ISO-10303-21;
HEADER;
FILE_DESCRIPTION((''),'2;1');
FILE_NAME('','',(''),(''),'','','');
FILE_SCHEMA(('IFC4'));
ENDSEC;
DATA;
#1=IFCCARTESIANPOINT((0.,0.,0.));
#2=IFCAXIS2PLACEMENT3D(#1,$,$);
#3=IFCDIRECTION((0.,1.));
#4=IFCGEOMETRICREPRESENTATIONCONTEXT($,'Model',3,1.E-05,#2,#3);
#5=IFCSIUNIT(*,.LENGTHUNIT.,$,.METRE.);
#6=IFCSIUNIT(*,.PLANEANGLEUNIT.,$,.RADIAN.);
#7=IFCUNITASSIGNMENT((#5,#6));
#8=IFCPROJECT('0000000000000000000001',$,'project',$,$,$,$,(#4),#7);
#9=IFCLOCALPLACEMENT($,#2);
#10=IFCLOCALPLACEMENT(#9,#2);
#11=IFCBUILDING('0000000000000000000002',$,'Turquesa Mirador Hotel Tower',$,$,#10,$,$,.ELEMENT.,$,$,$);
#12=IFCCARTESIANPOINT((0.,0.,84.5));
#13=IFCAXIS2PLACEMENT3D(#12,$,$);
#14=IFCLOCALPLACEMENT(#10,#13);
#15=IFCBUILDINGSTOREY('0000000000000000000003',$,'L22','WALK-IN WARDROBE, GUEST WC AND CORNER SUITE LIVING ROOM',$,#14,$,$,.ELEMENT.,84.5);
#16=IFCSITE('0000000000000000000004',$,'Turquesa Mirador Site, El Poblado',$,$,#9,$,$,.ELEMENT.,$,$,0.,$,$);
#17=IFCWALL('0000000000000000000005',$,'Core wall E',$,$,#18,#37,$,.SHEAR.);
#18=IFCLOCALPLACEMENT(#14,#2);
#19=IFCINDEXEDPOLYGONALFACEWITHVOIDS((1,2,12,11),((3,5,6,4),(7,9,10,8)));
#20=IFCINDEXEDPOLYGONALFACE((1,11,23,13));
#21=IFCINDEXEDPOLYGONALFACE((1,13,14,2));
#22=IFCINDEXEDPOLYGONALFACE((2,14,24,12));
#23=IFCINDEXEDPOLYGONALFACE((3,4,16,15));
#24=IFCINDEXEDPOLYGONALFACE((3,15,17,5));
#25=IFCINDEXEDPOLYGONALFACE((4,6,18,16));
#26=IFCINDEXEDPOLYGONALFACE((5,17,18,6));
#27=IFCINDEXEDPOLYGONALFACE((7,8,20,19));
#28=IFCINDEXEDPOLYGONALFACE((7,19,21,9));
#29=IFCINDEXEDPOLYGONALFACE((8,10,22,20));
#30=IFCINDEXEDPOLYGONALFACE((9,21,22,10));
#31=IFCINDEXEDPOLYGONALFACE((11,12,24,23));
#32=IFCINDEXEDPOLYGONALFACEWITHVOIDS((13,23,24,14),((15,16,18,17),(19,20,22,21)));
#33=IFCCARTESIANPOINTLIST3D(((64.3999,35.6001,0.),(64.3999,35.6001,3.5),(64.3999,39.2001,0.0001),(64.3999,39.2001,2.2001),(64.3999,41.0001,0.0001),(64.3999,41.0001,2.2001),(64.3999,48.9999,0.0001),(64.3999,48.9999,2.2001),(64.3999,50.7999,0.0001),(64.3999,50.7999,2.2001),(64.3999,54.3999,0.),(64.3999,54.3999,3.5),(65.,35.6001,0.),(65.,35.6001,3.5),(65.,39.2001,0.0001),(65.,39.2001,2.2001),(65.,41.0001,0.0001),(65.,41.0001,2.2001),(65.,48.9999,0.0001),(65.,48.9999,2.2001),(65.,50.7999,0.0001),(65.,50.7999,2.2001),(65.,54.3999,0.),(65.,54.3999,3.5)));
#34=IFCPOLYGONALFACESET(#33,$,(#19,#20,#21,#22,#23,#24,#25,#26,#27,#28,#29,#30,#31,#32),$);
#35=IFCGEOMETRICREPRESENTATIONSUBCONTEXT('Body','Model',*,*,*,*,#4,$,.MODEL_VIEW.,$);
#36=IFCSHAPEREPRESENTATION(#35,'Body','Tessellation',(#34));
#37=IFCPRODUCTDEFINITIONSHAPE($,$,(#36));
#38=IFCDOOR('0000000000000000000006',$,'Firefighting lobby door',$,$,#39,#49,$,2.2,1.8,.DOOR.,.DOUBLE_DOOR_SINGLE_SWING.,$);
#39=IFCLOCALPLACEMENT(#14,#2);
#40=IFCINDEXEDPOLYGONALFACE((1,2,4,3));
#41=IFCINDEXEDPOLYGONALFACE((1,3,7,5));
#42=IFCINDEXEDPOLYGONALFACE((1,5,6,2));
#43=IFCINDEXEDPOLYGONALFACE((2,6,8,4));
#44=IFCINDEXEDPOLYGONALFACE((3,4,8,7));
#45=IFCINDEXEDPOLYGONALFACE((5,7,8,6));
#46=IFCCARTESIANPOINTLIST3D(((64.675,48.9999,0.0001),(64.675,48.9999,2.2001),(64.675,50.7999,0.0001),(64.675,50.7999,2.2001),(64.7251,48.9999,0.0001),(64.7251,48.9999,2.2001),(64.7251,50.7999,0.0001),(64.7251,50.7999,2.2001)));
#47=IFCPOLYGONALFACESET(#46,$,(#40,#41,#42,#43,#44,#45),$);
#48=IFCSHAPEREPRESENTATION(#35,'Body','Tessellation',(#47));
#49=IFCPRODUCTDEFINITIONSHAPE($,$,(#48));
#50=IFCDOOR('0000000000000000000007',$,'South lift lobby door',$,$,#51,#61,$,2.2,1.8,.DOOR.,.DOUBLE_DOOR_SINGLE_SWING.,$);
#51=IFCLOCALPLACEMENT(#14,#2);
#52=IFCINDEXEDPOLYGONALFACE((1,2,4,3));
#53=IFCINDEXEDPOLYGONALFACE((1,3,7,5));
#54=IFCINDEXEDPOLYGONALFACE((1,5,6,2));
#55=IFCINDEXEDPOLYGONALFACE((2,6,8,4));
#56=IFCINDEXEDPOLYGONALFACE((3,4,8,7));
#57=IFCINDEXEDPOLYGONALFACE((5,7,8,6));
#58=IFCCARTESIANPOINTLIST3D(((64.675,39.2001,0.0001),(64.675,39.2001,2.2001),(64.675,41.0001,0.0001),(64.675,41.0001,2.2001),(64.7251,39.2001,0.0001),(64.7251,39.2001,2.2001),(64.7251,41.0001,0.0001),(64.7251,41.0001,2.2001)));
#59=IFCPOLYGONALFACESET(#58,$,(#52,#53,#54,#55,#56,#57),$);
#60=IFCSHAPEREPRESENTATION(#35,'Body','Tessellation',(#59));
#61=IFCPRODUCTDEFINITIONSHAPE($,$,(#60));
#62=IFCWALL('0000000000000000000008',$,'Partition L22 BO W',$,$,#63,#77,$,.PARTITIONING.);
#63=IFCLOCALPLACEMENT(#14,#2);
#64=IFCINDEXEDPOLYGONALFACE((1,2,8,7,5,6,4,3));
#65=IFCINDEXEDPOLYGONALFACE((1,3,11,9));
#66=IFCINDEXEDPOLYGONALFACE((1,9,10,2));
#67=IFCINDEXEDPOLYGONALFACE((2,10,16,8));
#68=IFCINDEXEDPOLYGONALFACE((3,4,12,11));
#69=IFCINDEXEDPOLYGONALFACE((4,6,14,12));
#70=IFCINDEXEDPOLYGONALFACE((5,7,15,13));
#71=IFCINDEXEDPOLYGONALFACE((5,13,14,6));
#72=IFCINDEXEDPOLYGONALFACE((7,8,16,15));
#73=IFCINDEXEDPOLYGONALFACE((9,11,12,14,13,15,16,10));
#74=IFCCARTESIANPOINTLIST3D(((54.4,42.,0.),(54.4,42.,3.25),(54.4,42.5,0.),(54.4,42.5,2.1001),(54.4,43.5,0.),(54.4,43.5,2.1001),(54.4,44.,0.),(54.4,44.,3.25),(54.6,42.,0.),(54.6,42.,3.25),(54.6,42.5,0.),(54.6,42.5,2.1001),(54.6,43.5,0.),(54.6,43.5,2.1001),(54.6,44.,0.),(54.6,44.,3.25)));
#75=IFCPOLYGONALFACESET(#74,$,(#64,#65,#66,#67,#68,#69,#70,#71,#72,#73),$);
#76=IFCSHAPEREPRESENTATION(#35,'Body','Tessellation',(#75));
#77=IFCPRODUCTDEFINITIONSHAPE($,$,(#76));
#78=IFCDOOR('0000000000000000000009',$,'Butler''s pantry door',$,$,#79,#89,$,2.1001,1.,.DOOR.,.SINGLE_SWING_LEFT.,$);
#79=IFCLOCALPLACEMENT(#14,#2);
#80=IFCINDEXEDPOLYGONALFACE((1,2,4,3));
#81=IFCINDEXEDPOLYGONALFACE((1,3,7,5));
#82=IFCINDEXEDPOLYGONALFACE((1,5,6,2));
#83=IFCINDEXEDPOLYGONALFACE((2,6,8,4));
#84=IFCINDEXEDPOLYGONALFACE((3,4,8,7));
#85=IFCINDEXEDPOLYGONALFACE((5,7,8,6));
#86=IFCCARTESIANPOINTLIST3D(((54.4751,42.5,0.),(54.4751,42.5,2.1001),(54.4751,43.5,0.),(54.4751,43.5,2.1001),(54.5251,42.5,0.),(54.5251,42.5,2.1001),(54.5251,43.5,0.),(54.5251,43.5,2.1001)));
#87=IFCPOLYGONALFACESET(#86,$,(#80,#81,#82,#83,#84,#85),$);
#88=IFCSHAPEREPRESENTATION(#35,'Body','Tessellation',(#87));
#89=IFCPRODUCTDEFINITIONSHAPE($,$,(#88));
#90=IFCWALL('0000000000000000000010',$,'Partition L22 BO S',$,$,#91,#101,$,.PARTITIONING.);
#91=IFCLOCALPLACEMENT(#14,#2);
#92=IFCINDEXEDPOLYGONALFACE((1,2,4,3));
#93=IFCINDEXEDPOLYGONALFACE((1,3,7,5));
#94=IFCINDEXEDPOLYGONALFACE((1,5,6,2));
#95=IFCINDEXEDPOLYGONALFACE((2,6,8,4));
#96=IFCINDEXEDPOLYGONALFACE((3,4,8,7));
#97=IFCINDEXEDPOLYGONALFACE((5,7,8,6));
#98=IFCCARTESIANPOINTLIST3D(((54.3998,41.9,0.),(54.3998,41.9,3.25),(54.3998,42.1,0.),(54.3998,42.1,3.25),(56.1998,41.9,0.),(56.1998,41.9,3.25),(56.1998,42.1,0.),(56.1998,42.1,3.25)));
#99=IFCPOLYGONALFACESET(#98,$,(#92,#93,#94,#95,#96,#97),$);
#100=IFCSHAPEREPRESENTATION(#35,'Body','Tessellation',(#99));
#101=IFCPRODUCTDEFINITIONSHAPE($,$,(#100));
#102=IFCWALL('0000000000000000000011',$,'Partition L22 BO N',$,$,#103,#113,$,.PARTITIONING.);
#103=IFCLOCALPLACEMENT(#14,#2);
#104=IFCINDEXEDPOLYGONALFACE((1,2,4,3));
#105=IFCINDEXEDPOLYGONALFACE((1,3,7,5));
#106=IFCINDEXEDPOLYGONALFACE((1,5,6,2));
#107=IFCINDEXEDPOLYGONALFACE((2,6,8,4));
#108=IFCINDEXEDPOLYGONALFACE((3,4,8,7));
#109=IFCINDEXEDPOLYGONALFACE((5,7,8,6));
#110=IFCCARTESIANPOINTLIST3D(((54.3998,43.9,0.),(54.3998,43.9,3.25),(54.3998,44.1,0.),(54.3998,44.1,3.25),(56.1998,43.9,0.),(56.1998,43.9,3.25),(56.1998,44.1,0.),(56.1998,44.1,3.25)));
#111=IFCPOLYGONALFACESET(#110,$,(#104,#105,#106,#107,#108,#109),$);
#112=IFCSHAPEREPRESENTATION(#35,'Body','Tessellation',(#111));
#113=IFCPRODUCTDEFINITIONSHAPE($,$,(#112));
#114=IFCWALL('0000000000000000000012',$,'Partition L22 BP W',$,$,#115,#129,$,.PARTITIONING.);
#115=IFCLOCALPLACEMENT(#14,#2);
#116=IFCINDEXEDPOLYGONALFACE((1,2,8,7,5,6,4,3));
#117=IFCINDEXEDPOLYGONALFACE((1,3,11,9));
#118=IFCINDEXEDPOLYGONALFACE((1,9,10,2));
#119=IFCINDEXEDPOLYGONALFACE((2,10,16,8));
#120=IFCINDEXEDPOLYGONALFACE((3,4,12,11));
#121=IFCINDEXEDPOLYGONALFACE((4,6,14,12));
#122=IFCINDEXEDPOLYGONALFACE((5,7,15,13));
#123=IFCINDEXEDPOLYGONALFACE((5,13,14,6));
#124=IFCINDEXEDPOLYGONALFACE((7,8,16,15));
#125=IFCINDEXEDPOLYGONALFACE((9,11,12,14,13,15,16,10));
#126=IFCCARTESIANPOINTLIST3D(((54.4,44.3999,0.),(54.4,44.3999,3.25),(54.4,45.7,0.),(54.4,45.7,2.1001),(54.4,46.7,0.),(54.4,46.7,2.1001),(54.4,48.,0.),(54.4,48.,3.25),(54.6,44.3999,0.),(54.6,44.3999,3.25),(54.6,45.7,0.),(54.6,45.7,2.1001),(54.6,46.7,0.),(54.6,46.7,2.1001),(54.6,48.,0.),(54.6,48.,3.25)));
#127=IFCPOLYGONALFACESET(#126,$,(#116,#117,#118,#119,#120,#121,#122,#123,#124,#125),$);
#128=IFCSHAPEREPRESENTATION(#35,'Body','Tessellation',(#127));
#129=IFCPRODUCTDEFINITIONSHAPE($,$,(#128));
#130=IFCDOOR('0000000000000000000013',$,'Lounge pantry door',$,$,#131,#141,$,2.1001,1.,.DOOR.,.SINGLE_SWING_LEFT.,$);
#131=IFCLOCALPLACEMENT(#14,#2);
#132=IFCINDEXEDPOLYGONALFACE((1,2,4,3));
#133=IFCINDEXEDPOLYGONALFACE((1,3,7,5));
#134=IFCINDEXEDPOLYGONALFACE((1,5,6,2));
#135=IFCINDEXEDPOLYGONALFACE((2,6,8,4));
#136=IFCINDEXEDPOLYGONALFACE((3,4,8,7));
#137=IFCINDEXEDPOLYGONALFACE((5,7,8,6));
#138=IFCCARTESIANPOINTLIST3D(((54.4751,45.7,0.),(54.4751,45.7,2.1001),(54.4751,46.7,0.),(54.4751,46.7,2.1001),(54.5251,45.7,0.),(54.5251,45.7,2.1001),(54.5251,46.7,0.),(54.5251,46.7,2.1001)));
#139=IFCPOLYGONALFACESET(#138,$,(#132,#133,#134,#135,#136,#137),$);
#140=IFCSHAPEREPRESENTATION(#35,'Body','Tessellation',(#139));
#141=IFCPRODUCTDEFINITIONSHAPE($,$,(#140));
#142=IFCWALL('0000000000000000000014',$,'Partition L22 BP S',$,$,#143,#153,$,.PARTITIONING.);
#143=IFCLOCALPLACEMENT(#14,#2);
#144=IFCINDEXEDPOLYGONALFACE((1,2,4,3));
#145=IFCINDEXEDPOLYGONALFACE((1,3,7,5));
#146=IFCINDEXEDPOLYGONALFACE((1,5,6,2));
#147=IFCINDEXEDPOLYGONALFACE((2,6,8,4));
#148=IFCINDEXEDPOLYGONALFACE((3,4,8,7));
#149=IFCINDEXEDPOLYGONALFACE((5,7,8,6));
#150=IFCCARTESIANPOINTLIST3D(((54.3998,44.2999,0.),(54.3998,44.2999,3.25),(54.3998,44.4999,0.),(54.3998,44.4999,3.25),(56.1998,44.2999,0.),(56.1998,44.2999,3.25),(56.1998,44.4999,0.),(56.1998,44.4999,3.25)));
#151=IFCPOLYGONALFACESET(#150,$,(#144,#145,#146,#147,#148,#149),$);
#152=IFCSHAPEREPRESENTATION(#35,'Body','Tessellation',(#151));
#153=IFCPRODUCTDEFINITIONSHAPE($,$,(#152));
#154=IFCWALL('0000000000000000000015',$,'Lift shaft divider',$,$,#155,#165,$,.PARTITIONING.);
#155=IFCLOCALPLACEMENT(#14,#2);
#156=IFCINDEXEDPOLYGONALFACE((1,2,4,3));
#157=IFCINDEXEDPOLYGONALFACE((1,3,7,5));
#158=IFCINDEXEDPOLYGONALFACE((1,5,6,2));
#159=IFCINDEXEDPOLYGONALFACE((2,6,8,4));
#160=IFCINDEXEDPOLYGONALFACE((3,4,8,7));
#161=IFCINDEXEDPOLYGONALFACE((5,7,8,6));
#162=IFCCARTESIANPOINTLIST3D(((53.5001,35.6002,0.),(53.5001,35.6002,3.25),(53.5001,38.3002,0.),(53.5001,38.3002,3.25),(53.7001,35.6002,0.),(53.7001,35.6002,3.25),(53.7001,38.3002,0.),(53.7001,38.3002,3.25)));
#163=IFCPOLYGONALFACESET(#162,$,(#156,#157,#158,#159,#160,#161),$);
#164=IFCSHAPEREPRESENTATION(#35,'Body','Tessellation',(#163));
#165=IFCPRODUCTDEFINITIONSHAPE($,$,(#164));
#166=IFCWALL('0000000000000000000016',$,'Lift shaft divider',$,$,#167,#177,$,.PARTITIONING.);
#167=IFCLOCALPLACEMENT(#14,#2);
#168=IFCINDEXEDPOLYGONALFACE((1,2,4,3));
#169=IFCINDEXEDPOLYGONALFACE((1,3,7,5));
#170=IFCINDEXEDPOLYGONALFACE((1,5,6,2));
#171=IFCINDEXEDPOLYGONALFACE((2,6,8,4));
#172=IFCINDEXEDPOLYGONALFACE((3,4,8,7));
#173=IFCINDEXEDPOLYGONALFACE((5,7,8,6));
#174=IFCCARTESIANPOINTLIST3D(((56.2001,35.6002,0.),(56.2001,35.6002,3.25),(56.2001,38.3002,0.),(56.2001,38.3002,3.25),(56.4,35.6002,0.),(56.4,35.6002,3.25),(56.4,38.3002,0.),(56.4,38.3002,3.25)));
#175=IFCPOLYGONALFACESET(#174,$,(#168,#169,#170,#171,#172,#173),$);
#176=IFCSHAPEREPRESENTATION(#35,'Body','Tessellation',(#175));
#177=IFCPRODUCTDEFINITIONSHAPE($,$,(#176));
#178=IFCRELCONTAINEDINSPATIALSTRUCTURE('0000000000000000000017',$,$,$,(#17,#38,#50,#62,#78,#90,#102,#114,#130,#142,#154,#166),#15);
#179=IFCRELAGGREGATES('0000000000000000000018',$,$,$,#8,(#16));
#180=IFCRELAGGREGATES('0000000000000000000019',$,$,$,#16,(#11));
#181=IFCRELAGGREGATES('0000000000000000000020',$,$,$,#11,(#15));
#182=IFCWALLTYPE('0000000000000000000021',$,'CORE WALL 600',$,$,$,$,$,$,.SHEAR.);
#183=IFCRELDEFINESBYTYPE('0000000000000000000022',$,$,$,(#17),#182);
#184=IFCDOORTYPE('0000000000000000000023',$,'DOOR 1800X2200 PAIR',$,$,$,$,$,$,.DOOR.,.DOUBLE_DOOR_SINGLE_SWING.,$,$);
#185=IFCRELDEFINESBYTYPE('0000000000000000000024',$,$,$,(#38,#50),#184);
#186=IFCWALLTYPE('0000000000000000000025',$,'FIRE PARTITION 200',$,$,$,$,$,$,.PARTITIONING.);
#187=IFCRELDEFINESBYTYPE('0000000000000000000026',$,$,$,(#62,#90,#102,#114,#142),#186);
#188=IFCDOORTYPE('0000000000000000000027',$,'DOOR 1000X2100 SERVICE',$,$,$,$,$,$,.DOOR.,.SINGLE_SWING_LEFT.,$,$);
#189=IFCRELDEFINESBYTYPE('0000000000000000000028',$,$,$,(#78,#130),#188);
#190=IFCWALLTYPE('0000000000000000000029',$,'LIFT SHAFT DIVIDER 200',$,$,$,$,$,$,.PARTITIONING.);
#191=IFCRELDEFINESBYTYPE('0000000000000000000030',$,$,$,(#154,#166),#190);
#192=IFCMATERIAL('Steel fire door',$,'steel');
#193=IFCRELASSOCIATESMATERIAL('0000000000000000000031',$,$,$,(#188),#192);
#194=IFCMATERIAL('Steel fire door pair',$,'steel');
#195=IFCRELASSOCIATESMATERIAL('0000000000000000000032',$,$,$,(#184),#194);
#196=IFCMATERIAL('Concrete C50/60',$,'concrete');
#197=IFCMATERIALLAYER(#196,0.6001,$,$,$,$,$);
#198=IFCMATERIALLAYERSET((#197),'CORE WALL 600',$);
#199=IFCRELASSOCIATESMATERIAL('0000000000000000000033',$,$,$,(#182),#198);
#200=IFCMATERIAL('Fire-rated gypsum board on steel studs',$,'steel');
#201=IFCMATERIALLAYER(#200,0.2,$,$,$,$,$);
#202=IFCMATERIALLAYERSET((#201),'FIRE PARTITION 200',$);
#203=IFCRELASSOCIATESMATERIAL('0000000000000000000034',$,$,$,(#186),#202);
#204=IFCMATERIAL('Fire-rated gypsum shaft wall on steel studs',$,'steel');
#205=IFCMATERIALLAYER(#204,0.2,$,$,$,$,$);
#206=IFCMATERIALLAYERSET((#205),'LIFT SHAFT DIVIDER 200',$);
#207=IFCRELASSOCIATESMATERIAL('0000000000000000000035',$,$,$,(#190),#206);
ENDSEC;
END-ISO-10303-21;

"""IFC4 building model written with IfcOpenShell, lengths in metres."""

from ifc_helpers import new_model, si_unit, direction, frame, frame_2d, origin, place, context, subcontext, project, spatial, rectangle, extrude, material, layer, layer_set, type_object, element, fill, save


model = new_model("IFC4")

# Units and contexts
model_context = context("Model", 3, precision=1e-05, world=origin(), true_north=direction((0.0, 1.0)))
body_context = subcontext(model_context, "Body", "Model", "MODEL_VIEW")
ifc_project = project(units=[si_unit("LENGTHUNIT", "METRE"), si_unit("PLANEANGLEUNIT", "RADIAN")], contexts=[model_context])

# Site, building, storey
site_placement = place(None, origin())
site = spatial("IfcSite", under=ifc_project, at=site_placement, Name="Turquesa Mirador Site, El Poblado", CompositionType="ELEMENT", RefElevation=0.0)
building_placement = place(site_placement, origin())
building = spatial("IfcBuilding", under=site, at=building_placement, Name="Turquesa Mirador Hotel Tower", CompositionType="ELEMENT")
storey_placement = place(building_placement, frame((0.0, 0.0, 84.5)))
storey = spatial("IfcBuildingStorey", under=building, at=storey_placement, Name="L22", Description="WALK-IN WARDROBE, GUEST WC AND CORNER SUITE LIVING ROOM", CompositionType="ELEMENT", Elevation=84.5)

# Shared definitions
ifc_material_1 = material(Name="Steel fire door", Category="steel")
door_type_1 = type_object("IfcDoorType", Name="DOOR 1000X2100 SERVICE", OperationType="SINGLE_SWING_LEFT", PredefinedType="DOOR", material=ifc_material_1)
ifc_material_2 = material(Name="Steel fire door pair", Category="steel")
door_type_2 = type_object("IfcDoorType", Name="DOOR 1800X2200 PAIR", OperationType="DOUBLE_DOOR_SINGLE_SWING", PredefinedType="DOOR", material=ifc_material_2)

# Wall, openings, doors
ifc_material_3 = material(Name="Concrete C50/60", Category="concrete")
ifc_layer_1 = layer(ifc_material_3, 0.6001)
ifc_layer_set_1 = layer_set([ifc_layer_1], Name="CORE WALL 600")
wall_type_1 = type_object("IfcWallType", Name="CORE WALL 600", PredefinedType="SHEAR", material=ifc_layer_set_1)
wall_1_placement = place(storey_placement, frame((64.7, 35.6001, 0.0), z_axis=(0.0, 0.0, 1.0), x_axis=(0.0, 1.0, 0.0)))
wall_1 = element("IfcWall", 1, at=wall_1_placement, inside=storey, type_object=wall_type_1, Name="Core wall E", PredefinedType="SHEAR", context=body_context, shape_type="SweptSolid", body=[
    extrude(rectangle(XDim=18.7998, YDim=0.6001, at=frame_2d((9.3999, 0.0))), origin(), (0.0, 0.0, 1.0), 3.5),
])
opening_1_placement = place(wall_1_placement, frame((13.3999, 0.0, 0.0)))
opening_1 = element("IfcOpeningElement", 2, at=opening_1_placement, cuts=wall_1, PredefinedType="OPENING", context=body_context, shape_type="SweptSolid", body=[
    extrude(rectangle(XDim=1.8, YDim=2.2, at=frame_2d((0.8999, 1.1001))), frame((0.0, 0.3101, 0.0), z_axis=(0.0, -1.0, 0.0), x_axis=(1.0, 0.0, 0.0)), (0.0, 0.0, 1.0), 0.6201),
])
opening_2_placement = place(wall_1_placement, frame((3.6001, 0.0, 0.0)))
opening_2 = element("IfcOpeningElement", 3, at=opening_2_placement, cuts=wall_1, PredefinedType="OPENING", context=body_context, shape_type="SweptSolid", body=[
    extrude(rectangle(XDim=1.8, YDim=2.2, at=frame_2d((0.8999, 1.1001))), frame((0.0, 0.3101, 0.0), z_axis=(0.0, -1.0, 0.0), x_axis=(1.0, 0.0, 0.0)), (0.0, 0.0, 1.0), 0.6201),
])
door_1_placement = place(opening_1_placement, origin())
door_1 = element("IfcDoor", 4, at=door_1_placement, inside=storey, type_object=door_type_2, Name="Firefighting lobby door", OperationType="DOUBLE_DOOR_SINGLE_SWING", OverallHeight=2.2, OverallWidth=1.8, PredefinedType="DOOR", context=body_context, shape_type="SweptSolid", body=[
    extrude(rectangle(XDim=1.8, YDim=2.2, at=frame_2d((0.8999, 1.1001))), frame((0.0, 0.0249, 0.0), z_axis=(0.0, -1.0, 0.0), x_axis=(1.0, 0.0, 0.0)), (0.0, 0.0, 1.0), 0.05),
])
fill(opening_1, door_1)
door_2_placement = place(opening_2_placement, origin())
door_2 = element("IfcDoor", 5, at=door_2_placement, inside=storey, type_object=door_type_2, Name="South lift lobby door", OperationType="DOUBLE_DOOR_SINGLE_SWING", OverallHeight=2.2, OverallWidth=1.8, PredefinedType="DOOR", context=body_context, shape_type="SweptSolid", body=[
    extrude(rectangle(XDim=1.8, YDim=2.2, at=frame_2d((0.8999, 1.1001))), frame((0.0, 0.0249, 0.0), z_axis=(0.0, -1.0, 0.0), x_axis=(1.0, 0.0, 0.0)), (0.0, 0.0, 1.0), 0.05),
])
fill(opening_2, door_2)

# Wall, opening, door
ifc_material_4 = material(Name="Fire-rated gypsum board on steel studs", Category="steel")
ifc_layer_2 = layer(ifc_material_4, 0.2)
ifc_layer_set_2 = layer_set([ifc_layer_2], Name="FIRE PARTITION 200")
wall_type_2 = type_object("IfcWallType", Name="FIRE PARTITION 200", PredefinedType="PARTITIONING", material=ifc_layer_set_2)
wall_2_placement = place(storey_placement, frame((54.5, 42.0, 0.0), z_axis=(0.0, 0.0, 1.0), x_axis=(0.0, 1.0, 0.0)))
wall_2 = element("IfcWall", 6, at=wall_2_placement, inside=storey, type_object=wall_type_2, Name="Partition L22 BO W", PredefinedType="PARTITIONING", context=body_context, shape_type="SweptSolid", body=[
    extrude(rectangle(XDim=2.0, YDim=0.2, at=frame_2d((1.0, 0.0))), origin(), (0.0, 0.0, 1.0), 3.25),
])
opening_3_placement = place(wall_2_placement, frame((0.5, 0.0, 0.0)))
opening_3 = element("IfcOpeningElement", 7, at=opening_3_placement, cuts=wall_2, PredefinedType="OPENING", context=body_context, shape_type="SweptSolid", body=[
    extrude(rectangle(XDim=1.0, YDim=2.1001, at=frame_2d((0.5, 1.05))), frame((0.0, 0.1099, 0.0), z_axis=(0.0, -1.0, 0.0), x_axis=(1.0, 0.0, 0.0)), (0.0, 0.0, 1.0), 0.22),
])
door_3_placement = place(opening_3_placement, origin())
door_3 = element("IfcDoor", 8, at=door_3_placement, inside=storey, type_object=door_type_1, Name="Butler's pantry door", OperationType="SINGLE_SWING_LEFT", OverallHeight=2.1001, OverallWidth=1.0, PredefinedType="DOOR", context=body_context, shape_type="SweptSolid", body=[
    extrude(rectangle(XDim=1.0, YDim=2.1001, at=frame_2d((0.5, 1.05))), frame((0.0, 0.0249, 0.0), z_axis=(0.0, -1.0, 0.0), x_axis=(1.0, 0.0, 0.0)), (0.0, 0.0, 1.0), 0.05),
])
fill(opening_3, door_3)

# Walls
for number, where, z_axis, x_axis, name in (
    (9, (54.3999, 42.0, 0.0), (0.0, 0.0, 1.0), (1.0, 0.0, 0.0), "Partition L22 BO S"),
    (10, (54.3999, 44.0, 0.0), (0.0, 0.0, 1.0), (1.0, 0.0, 0.0), "Partition L22 BO N"),
):
    element("IfcWall", number, at=place(storey_placement, frame(where, z_axis=z_axis, x_axis=x_axis)), inside=storey, type_object=wall_type_2, Name=name, PredefinedType="PARTITIONING", context=body_context, shape_type="SweptSolid", body=[
        extrude(rectangle(XDim=1.8, YDim=0.2, at=frame_2d((0.8999, 0.0))), origin(), (0.0, 0.0, 1.0), 3.25),
    ])

# Wall, opening, door
wall_3_placement = place(storey_placement, frame((54.5, 44.3999, 0.0), z_axis=(0.0, 0.0, 1.0), x_axis=(0.0, 1.0, 0.0)))
wall_3 = element("IfcWall", 11, at=wall_3_placement, inside=storey, type_object=wall_type_2, Name="Partition L22 BP W", PredefinedType="PARTITIONING", context=body_context, shape_type="SweptSolid", body=[
    extrude(rectangle(XDim=3.6001, YDim=0.2, at=frame_2d((1.8, 0.0))), origin(), (0.0, 0.0, 1.0), 3.25),
])
opening_4_placement = place(wall_3_placement, frame((1.3, 0.0, 0.0)))
opening_4 = element("IfcOpeningElement", 12, at=opening_4_placement, cuts=wall_3, PredefinedType="OPENING", context=body_context, shape_type="SweptSolid", body=[
    extrude(rectangle(XDim=1.0, YDim=2.1001, at=frame_2d((0.5, 1.05))), frame((0.0, 0.1099, 0.0), z_axis=(0.0, -1.0, 0.0), x_axis=(1.0, 0.0, 0.0)), (0.0, 0.0, 1.0), 0.22),
])
door_4_placement = place(opening_4_placement, origin())
door_4 = element("IfcDoor", 13, at=door_4_placement, inside=storey, type_object=door_type_1, Name="Lounge pantry door", OperationType="SINGLE_SWING_LEFT", OverallHeight=2.1001, OverallWidth=1.0, PredefinedType="DOOR", context=body_context, shape_type="SweptSolid", body=[
    extrude(rectangle(XDim=1.0, YDim=2.1001, at=frame_2d((0.5, 1.05))), frame((0.0, 0.0249, 0.0), z_axis=(0.0, -1.0, 0.0), x_axis=(1.0, 0.0, 0.0)), (0.0, 0.0, 1.0), 0.05),
])
fill(opening_4, door_4)

# Walls
wall_4_placement = place(storey_placement, frame((54.3999, 44.3999, 0.0), z_axis=(0.0, 0.0, 1.0), x_axis=(1.0, 0.0, 0.0)))
element("IfcWall", 14, at=wall_4_placement, inside=storey, type_object=wall_type_2, Name="Partition L22 BP S", PredefinedType="PARTITIONING", context=body_context, shape_type="SweptSolid", body=[
    extrude(rectangle(XDim=1.8, YDim=0.2, at=frame_2d((0.8999, 0.0))), origin(), (0.0, 0.0, 1.0), 3.25),
])
ifc_material_5 = material(Name="Fire-rated gypsum shaft wall on steel studs", Category="steel")
ifc_layer_3 = layer(ifc_material_5, 0.2)
ifc_layer_set_3 = layer_set([ifc_layer_3], Name="LIFT SHAFT DIVIDER 200")
wall_type_3 = type_object("IfcWallType", Name="LIFT SHAFT DIVIDER 200", PredefinedType="PARTITIONING", material=ifc_layer_set_3)
for number, where, z_axis, x_axis, name in (
    (15, (53.6001, 35.6001, 0.0), (0.0, 0.0, 1.0), (0.0, 1.0, 0.0), "Lift shaft divider"),
    (16, (56.3, 35.6001, 0.0), (0.0, 0.0, 1.0), (0.0, 1.0, 0.0), "Lift shaft divider"),
):
    element("IfcWall", number, at=place(storey_placement, frame(where, z_axis=z_axis, x_axis=x_axis)), inside=storey, type_object=wall_type_3, Name=name, PredefinedType="PARTITIONING", context=body_context, shape_type="SweptSolid", body=[
        extrude(rectangle(XDim=2.7, YDim=0.2, at=frame_2d((1.3501, 0.0))), origin(), (0.0, 0.0, 1.0), 3.25),
    ])

save(model, "model.ifc")
